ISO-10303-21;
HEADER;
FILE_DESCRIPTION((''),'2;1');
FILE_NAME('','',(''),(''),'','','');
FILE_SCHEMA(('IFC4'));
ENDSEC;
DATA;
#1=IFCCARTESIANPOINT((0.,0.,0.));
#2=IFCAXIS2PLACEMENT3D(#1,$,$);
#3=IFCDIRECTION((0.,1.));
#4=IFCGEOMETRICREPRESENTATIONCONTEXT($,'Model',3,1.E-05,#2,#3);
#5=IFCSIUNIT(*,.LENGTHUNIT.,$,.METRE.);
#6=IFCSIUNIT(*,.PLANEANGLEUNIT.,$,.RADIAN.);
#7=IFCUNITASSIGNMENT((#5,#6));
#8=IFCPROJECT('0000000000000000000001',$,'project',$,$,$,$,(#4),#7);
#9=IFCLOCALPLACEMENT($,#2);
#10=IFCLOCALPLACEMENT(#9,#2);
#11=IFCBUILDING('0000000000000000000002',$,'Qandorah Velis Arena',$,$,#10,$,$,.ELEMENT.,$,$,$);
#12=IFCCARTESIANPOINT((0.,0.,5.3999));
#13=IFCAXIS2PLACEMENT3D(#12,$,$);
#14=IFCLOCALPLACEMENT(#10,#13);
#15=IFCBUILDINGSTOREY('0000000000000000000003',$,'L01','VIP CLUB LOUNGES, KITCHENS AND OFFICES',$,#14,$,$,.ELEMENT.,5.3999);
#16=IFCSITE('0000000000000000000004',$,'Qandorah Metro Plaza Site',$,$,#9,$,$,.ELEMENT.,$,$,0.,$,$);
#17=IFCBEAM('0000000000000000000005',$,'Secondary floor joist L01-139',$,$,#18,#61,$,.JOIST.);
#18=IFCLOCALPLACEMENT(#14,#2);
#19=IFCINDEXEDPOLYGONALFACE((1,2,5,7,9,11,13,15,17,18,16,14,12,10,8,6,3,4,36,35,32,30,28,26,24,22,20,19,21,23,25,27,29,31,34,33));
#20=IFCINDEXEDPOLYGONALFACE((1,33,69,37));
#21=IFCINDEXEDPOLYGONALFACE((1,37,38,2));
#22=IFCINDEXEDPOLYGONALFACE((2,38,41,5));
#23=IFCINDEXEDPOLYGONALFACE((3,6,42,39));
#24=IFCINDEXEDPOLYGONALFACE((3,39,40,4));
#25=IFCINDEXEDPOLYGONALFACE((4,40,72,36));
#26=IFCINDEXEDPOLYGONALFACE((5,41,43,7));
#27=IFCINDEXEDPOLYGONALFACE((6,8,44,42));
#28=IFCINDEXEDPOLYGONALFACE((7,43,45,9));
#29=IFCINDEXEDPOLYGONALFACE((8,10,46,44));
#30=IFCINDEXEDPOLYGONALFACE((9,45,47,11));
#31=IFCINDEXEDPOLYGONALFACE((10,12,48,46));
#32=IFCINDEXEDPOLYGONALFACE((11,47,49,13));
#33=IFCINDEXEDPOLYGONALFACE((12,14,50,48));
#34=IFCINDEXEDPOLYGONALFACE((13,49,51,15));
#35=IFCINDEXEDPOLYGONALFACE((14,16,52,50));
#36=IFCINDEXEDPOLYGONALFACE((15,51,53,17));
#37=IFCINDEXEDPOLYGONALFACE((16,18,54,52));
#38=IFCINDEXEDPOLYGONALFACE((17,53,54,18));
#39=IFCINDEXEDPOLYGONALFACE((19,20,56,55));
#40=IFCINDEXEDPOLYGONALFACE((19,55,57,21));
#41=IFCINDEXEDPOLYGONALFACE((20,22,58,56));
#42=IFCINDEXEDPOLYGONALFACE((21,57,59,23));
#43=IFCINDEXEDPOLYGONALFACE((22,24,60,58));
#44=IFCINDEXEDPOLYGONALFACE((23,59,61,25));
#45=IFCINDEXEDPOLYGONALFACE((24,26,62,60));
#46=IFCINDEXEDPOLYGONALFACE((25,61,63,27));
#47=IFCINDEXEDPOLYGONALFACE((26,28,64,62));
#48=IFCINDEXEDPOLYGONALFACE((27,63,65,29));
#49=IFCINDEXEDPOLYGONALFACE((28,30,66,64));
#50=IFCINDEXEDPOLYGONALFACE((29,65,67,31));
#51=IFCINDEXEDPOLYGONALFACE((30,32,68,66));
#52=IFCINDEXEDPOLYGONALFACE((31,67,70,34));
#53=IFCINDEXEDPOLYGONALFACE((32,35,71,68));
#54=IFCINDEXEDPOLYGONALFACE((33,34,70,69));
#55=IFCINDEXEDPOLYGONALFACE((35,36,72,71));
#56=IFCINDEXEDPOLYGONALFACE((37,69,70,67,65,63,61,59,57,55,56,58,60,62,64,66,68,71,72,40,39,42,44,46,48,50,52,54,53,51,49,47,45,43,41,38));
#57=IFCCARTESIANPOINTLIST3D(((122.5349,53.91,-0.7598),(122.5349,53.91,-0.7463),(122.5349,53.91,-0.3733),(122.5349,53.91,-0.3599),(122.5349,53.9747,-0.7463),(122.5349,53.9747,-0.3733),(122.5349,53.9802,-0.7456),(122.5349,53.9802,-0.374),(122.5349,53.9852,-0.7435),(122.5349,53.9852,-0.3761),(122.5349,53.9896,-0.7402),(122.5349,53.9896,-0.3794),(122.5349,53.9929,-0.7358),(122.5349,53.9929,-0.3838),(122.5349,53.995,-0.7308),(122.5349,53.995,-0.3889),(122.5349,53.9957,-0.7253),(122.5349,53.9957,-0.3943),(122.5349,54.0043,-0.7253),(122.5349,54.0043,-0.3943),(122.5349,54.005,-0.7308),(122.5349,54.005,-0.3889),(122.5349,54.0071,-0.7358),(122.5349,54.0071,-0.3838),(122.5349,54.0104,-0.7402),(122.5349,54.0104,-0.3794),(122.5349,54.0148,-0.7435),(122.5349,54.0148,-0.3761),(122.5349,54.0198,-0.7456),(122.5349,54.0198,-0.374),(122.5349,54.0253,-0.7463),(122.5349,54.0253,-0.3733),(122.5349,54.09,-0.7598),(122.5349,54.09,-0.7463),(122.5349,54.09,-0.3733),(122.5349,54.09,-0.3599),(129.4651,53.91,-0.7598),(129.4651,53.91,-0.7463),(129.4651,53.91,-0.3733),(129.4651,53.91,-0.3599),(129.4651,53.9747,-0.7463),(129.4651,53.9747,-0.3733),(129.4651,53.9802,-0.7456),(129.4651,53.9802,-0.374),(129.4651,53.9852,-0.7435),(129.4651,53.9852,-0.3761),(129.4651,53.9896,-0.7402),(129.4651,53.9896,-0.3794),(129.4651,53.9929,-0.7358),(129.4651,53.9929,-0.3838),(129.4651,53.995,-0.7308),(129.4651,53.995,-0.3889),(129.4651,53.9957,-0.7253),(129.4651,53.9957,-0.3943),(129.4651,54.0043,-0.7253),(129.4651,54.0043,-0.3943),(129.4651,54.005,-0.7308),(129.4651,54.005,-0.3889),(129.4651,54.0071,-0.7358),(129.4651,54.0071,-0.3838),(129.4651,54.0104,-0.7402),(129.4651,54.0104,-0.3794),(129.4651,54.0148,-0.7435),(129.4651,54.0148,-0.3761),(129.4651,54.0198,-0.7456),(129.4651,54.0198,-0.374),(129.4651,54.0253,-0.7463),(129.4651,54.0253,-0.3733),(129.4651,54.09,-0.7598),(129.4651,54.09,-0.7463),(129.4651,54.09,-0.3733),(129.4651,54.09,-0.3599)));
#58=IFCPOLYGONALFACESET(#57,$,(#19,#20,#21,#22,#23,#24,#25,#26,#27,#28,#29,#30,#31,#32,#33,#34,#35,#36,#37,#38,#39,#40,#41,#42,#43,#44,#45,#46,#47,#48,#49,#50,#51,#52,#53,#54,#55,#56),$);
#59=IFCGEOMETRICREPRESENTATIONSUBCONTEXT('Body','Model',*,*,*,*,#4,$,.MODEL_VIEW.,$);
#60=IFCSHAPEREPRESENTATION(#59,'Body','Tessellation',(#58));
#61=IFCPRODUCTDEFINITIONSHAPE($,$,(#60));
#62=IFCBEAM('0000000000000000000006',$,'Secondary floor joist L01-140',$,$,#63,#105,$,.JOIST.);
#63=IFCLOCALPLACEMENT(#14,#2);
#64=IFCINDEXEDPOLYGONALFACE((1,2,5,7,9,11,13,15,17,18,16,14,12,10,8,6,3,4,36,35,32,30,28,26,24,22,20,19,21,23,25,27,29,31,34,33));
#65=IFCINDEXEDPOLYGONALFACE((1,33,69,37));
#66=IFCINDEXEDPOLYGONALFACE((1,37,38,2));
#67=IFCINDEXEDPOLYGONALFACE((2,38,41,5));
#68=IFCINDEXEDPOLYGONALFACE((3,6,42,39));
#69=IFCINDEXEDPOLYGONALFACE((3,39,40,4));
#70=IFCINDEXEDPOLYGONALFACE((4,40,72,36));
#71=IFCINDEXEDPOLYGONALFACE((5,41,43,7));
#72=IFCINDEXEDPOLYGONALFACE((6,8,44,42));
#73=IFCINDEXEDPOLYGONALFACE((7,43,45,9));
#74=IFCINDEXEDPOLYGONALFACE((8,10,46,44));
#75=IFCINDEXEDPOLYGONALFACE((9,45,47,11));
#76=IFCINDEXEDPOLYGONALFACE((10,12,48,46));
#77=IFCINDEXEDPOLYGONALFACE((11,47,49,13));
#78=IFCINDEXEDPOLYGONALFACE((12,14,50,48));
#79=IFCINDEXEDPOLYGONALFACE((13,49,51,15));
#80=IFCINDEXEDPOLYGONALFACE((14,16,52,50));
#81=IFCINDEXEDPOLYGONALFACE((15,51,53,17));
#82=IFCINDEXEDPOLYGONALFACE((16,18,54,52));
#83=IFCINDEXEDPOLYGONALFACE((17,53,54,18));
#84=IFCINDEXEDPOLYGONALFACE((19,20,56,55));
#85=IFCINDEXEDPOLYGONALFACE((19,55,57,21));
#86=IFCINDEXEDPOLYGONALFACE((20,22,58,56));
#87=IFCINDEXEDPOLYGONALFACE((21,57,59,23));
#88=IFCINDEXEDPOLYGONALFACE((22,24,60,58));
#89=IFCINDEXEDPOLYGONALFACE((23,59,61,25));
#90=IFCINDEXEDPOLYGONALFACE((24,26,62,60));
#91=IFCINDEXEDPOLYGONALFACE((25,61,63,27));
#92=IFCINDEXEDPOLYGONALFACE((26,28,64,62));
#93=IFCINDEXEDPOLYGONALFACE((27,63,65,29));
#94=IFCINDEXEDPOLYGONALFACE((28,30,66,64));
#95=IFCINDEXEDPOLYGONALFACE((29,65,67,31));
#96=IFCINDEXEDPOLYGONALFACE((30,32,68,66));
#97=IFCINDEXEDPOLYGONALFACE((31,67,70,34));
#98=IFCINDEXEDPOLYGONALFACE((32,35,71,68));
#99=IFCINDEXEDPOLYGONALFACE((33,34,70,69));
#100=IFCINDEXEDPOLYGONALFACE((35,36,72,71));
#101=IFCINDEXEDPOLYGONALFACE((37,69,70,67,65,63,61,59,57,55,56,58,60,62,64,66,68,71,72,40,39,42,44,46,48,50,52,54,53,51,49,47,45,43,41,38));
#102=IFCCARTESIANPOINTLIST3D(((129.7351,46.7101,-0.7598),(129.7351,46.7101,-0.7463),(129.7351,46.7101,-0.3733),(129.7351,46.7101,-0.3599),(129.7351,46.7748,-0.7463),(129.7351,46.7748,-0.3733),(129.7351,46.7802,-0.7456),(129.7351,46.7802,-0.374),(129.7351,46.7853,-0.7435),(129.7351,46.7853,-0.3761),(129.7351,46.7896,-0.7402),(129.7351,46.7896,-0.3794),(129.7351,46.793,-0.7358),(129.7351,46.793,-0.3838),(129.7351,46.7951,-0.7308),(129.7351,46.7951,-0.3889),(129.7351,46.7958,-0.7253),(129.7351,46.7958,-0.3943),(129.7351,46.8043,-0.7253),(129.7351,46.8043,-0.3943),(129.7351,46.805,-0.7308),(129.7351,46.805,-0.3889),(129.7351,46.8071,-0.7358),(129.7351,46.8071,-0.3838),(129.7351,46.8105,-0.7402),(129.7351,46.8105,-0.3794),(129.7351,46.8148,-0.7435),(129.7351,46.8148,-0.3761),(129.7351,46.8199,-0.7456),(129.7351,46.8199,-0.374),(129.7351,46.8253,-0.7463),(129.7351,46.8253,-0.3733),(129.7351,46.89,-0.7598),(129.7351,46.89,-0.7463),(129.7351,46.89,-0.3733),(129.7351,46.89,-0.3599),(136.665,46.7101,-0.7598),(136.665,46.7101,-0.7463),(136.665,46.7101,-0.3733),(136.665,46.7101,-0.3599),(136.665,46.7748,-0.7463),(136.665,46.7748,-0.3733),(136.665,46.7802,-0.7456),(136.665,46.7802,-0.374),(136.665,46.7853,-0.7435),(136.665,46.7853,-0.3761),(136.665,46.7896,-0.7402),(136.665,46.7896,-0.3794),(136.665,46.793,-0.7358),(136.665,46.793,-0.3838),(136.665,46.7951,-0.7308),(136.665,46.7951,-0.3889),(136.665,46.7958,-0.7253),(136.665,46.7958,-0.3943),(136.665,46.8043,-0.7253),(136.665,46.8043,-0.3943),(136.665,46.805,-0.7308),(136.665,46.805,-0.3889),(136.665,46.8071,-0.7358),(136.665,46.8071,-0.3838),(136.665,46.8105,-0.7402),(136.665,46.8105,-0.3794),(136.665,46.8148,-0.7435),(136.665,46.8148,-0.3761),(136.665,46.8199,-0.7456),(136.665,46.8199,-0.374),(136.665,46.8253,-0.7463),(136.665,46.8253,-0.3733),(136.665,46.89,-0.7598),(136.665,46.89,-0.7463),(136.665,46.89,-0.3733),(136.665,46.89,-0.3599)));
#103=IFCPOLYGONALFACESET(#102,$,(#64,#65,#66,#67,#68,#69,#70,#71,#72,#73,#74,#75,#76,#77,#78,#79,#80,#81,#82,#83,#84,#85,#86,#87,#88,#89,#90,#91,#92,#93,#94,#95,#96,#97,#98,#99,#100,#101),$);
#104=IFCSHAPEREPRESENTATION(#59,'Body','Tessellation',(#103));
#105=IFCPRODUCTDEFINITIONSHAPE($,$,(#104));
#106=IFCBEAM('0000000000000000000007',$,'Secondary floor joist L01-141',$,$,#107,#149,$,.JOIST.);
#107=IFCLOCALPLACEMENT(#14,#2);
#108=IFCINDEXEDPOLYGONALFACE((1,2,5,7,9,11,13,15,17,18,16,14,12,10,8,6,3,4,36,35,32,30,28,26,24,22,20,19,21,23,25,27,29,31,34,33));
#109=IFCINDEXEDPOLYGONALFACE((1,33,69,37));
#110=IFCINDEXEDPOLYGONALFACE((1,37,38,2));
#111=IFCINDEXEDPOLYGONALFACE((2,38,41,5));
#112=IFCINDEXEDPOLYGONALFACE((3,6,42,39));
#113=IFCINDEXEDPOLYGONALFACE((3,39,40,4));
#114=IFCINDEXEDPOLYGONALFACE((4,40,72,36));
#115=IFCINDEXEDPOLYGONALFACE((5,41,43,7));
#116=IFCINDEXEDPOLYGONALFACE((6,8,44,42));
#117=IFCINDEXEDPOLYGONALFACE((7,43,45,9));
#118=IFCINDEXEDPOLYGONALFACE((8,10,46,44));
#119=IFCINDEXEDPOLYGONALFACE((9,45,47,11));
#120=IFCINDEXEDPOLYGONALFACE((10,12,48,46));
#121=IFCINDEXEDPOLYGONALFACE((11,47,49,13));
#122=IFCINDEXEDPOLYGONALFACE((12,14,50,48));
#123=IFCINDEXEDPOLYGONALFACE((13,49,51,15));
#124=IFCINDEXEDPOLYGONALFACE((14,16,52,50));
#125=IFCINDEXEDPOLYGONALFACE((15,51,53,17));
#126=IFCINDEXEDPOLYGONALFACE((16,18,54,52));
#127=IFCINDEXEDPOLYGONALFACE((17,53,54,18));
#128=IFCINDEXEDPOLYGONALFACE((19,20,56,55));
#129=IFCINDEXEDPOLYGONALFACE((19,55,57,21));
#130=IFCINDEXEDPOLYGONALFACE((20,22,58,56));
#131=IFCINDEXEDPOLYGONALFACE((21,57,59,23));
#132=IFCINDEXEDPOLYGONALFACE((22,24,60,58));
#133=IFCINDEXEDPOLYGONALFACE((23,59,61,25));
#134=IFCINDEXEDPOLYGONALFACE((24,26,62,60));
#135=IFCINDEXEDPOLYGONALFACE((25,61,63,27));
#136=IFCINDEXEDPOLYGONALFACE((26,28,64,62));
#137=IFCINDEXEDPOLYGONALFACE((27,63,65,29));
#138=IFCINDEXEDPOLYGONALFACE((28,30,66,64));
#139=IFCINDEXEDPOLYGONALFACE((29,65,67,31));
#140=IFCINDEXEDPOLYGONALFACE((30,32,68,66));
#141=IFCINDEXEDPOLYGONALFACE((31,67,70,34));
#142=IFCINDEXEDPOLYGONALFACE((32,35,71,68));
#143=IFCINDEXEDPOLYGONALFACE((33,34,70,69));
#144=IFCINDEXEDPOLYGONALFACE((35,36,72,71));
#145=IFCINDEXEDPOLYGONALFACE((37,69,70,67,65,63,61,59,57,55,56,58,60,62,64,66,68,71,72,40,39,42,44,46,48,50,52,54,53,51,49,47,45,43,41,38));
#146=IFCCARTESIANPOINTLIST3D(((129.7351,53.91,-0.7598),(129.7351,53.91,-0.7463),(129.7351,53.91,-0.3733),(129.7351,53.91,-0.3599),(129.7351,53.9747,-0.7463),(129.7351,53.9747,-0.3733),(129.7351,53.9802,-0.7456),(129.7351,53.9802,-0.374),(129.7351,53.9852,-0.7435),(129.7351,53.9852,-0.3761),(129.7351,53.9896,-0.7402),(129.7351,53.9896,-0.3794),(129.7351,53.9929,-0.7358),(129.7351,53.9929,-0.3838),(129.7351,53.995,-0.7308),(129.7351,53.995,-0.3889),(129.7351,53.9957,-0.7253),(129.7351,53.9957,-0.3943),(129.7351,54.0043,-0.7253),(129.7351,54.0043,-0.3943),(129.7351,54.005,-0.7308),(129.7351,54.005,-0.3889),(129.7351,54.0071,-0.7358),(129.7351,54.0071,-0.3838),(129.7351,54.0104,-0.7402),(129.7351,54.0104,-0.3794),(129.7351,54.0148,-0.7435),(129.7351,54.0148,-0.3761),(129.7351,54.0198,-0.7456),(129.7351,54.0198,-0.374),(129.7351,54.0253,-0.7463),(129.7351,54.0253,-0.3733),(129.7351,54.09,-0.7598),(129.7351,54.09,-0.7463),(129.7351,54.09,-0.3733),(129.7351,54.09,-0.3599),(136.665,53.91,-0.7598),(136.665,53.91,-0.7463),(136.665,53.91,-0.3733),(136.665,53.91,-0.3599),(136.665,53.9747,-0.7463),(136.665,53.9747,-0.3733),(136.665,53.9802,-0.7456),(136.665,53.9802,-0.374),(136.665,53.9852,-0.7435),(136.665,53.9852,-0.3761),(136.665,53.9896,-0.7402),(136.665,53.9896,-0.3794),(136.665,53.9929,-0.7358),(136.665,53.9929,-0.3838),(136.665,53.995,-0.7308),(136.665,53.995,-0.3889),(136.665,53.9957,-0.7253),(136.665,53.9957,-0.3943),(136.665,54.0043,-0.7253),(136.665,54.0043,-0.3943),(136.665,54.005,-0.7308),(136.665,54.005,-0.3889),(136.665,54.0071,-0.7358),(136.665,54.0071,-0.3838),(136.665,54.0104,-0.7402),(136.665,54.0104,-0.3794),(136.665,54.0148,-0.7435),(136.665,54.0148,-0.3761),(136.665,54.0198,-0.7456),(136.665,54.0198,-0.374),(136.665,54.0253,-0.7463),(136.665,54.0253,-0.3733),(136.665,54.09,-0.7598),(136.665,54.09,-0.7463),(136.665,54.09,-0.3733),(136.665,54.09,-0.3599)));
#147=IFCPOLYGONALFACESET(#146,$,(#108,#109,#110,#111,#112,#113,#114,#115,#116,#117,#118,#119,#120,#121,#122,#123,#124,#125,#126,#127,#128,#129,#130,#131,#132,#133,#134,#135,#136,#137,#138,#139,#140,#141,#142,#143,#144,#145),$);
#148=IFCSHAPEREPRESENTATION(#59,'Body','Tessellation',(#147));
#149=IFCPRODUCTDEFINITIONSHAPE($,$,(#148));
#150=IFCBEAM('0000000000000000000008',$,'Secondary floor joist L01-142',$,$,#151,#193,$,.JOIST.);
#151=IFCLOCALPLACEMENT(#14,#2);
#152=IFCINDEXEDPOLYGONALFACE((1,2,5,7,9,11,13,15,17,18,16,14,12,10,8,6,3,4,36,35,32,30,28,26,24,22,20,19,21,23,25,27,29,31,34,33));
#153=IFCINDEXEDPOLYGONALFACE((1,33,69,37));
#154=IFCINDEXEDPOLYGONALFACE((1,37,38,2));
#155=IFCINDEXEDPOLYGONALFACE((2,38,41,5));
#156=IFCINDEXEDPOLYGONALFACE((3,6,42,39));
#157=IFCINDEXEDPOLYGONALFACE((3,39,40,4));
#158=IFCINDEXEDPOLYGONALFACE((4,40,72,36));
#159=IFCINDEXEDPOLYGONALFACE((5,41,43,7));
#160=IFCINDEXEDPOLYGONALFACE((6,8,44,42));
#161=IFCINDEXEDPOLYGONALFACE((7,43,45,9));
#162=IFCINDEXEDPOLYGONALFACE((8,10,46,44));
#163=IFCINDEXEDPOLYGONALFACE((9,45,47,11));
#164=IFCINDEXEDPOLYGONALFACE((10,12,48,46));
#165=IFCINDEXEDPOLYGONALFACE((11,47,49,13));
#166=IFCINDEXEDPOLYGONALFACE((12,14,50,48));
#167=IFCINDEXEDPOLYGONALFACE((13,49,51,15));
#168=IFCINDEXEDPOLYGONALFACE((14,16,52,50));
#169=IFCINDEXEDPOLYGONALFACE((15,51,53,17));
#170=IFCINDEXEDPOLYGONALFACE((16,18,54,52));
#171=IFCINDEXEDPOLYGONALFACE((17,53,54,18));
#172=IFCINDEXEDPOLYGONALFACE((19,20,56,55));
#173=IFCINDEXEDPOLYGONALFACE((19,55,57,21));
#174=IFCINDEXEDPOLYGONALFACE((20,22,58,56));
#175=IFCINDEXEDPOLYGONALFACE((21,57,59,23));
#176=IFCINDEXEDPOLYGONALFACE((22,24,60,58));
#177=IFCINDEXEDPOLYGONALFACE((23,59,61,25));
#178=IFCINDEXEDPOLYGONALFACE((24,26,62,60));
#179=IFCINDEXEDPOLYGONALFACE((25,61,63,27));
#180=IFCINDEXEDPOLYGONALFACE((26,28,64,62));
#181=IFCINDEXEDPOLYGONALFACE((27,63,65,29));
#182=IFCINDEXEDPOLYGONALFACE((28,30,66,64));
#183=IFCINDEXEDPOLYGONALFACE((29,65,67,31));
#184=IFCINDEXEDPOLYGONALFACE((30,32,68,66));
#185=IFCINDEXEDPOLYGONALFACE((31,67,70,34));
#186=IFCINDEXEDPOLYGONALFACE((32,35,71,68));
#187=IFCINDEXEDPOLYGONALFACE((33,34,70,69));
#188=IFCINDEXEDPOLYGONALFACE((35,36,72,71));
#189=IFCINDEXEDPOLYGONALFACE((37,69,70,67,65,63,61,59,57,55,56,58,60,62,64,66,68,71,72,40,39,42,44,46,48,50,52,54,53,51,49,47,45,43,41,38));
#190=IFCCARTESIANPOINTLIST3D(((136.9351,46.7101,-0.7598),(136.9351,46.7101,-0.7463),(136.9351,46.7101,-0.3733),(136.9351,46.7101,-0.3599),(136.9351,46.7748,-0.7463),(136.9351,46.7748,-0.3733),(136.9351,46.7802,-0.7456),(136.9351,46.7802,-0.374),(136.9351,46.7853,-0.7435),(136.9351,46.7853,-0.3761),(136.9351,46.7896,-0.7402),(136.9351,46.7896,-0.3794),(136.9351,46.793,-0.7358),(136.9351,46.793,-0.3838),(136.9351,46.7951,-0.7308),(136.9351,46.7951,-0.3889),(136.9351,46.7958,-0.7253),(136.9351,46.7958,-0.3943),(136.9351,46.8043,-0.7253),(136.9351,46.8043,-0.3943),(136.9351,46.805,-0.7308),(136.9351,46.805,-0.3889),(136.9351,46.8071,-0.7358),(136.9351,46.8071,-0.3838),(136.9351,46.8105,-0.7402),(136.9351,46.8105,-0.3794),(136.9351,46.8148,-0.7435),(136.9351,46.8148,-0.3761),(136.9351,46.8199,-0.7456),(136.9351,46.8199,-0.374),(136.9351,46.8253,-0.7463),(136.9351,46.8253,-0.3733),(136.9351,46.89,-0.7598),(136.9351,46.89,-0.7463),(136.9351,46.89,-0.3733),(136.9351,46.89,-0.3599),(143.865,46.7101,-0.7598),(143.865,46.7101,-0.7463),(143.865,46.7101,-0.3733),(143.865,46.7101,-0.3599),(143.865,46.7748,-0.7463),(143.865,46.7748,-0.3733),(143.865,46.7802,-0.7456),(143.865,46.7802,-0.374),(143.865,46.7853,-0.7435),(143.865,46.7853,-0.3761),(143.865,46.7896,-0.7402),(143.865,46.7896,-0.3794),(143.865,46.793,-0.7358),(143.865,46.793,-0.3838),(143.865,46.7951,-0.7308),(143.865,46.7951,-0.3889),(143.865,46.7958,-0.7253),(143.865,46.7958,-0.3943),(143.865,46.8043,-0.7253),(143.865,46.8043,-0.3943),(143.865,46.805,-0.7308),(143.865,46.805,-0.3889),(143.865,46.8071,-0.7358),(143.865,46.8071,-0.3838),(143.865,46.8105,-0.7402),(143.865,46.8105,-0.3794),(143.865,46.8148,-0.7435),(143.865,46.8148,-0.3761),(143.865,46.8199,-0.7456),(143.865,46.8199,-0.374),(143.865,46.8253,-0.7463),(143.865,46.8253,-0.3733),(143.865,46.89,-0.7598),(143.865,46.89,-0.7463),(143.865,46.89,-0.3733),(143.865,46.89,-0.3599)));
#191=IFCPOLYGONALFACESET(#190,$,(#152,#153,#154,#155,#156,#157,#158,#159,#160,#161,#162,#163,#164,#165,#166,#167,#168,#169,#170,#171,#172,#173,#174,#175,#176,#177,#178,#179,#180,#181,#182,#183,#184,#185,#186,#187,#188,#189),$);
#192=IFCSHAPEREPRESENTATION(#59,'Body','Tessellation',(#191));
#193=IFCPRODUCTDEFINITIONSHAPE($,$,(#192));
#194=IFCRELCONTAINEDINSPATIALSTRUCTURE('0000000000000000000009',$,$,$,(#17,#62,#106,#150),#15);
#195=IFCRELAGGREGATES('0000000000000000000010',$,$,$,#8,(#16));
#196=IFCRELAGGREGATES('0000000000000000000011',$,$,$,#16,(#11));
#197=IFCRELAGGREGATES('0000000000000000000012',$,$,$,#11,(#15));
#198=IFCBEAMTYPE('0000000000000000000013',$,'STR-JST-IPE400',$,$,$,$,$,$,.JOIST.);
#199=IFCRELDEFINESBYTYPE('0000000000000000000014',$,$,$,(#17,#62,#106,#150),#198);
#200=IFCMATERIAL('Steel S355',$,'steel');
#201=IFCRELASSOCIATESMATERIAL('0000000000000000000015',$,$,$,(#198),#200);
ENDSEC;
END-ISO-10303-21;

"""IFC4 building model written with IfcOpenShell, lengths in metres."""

from ifc_helpers import new_model, si_unit, direction, frame, origin, origin_2d, place, context, subcontext, project, spatial, i_section, extrude, material, material_profile, profile_set, type_object, element, save


model = new_model("IFC4")

# Units and contexts
model_context = context("Model", 3, precision=1e-05, world=origin(), true_north=direction((0.0, 1.0)))
body_context = subcontext(model_context, "Body", "Model", "MODEL_VIEW")
ifc_project = project(units=[si_unit("LENGTHUNIT", "METRE"), si_unit("PLANEANGLEUNIT", "RADIAN")], contexts=[model_context])

# Site, building, storey
site_placement = place(None, origin())
site = spatial("IfcSite", under=ifc_project, at=site_placement, Name="Qandorah Metro Plaza Site", CompositionType="ELEMENT", RefElevation=0.0)
building_placement = place(site_placement, origin())
building = spatial("IfcBuilding", under=site, at=building_placement, Name="Qandorah Velis Arena", CompositionType="ELEMENT")
storey_placement = place(building_placement, frame((0.0, 0.0, 5.3999)))
storey = spatial("IfcBuildingStorey", under=building, at=storey_placement, Name="L01", Description="VIP CLUB LOUNGES, KITCHENS AND OFFICES", CompositionType="ELEMENT", Elevation=5.3999)

# Beams
ifc_material_1 = material(Name="Steel S355", Category="steel")
ifc_material_profile_1 = material_profile(ifc_material_1, i_section(OverallWidth=0.1799, OverallDepth=0.3999, WebThickness=0.0085, FlangeThickness=0.0134, FilletRadius=0.021, at=origin_2d()), Name="IPE 400")
ifc_profile_set_1 = profile_set([ifc_material_profile_1], Name="Steel S355")
beam_type_1 = type_object("IfcBeamType", Name="STR-JST-IPE400", PredefinedType="JOIST", material=ifc_profile_set_1)
beam_1_placement = place(storey_placement, frame((122.5349, 54.0, -0.5598), z_axis=(1.0, 0.0, 0.0), x_axis=(0.0, 1.0, 0.0)))
element("IfcBeam", 1, at=beam_1_placement, inside=storey, type_object=beam_type_1, Name="Secondary floor joist L01-139", PredefinedType="JOIST", context=body_context, shape_type="SweptSolid", body=[
    extrude(i_section(OverallWidth=0.1799, OverallDepth=0.3999, WebThickness=0.0085, FlangeThickness=0.0134, FilletRadius=0.021, at=origin_2d()), origin(), (0.0, 0.0, 1.0), 6.9302),
])
for number, where, z_axis, x_axis, name in (
    (2, (129.7351, 46.8, -0.5598), (1.0, 0.0, 0.0), (0.0, 1.0, 0.0), "Secondary floor joist L01-140"),
    (3, (129.7351, 54.0, -0.5598), (1.0, 0.0, 0.0), (0.0, 1.0, 0.0), "Secondary floor joist L01-141"),
    (4, (136.9351, 46.8, -0.5598), (1.0, 0.0, 0.0), (0.0, 1.0, 0.0), "Secondary floor joist L01-142"),
):
    element("IfcBeam", number, at=place(storey_placement, frame(where, z_axis=z_axis, x_axis=x_axis)), inside=storey, type_object=beam_type_1, Name=name, PredefinedType="JOIST", context=body_context, shape_type="SweptSolid", body=[
        extrude(i_section(OverallWidth=0.1799, OverallDepth=0.3999, WebThickness=0.0085, FlangeThickness=0.0134, FilletRadius=0.021, at=origin_2d()), origin(), (0.0, 0.0, 1.0), 6.9299),
    ])

save(model, "model.ifc")
